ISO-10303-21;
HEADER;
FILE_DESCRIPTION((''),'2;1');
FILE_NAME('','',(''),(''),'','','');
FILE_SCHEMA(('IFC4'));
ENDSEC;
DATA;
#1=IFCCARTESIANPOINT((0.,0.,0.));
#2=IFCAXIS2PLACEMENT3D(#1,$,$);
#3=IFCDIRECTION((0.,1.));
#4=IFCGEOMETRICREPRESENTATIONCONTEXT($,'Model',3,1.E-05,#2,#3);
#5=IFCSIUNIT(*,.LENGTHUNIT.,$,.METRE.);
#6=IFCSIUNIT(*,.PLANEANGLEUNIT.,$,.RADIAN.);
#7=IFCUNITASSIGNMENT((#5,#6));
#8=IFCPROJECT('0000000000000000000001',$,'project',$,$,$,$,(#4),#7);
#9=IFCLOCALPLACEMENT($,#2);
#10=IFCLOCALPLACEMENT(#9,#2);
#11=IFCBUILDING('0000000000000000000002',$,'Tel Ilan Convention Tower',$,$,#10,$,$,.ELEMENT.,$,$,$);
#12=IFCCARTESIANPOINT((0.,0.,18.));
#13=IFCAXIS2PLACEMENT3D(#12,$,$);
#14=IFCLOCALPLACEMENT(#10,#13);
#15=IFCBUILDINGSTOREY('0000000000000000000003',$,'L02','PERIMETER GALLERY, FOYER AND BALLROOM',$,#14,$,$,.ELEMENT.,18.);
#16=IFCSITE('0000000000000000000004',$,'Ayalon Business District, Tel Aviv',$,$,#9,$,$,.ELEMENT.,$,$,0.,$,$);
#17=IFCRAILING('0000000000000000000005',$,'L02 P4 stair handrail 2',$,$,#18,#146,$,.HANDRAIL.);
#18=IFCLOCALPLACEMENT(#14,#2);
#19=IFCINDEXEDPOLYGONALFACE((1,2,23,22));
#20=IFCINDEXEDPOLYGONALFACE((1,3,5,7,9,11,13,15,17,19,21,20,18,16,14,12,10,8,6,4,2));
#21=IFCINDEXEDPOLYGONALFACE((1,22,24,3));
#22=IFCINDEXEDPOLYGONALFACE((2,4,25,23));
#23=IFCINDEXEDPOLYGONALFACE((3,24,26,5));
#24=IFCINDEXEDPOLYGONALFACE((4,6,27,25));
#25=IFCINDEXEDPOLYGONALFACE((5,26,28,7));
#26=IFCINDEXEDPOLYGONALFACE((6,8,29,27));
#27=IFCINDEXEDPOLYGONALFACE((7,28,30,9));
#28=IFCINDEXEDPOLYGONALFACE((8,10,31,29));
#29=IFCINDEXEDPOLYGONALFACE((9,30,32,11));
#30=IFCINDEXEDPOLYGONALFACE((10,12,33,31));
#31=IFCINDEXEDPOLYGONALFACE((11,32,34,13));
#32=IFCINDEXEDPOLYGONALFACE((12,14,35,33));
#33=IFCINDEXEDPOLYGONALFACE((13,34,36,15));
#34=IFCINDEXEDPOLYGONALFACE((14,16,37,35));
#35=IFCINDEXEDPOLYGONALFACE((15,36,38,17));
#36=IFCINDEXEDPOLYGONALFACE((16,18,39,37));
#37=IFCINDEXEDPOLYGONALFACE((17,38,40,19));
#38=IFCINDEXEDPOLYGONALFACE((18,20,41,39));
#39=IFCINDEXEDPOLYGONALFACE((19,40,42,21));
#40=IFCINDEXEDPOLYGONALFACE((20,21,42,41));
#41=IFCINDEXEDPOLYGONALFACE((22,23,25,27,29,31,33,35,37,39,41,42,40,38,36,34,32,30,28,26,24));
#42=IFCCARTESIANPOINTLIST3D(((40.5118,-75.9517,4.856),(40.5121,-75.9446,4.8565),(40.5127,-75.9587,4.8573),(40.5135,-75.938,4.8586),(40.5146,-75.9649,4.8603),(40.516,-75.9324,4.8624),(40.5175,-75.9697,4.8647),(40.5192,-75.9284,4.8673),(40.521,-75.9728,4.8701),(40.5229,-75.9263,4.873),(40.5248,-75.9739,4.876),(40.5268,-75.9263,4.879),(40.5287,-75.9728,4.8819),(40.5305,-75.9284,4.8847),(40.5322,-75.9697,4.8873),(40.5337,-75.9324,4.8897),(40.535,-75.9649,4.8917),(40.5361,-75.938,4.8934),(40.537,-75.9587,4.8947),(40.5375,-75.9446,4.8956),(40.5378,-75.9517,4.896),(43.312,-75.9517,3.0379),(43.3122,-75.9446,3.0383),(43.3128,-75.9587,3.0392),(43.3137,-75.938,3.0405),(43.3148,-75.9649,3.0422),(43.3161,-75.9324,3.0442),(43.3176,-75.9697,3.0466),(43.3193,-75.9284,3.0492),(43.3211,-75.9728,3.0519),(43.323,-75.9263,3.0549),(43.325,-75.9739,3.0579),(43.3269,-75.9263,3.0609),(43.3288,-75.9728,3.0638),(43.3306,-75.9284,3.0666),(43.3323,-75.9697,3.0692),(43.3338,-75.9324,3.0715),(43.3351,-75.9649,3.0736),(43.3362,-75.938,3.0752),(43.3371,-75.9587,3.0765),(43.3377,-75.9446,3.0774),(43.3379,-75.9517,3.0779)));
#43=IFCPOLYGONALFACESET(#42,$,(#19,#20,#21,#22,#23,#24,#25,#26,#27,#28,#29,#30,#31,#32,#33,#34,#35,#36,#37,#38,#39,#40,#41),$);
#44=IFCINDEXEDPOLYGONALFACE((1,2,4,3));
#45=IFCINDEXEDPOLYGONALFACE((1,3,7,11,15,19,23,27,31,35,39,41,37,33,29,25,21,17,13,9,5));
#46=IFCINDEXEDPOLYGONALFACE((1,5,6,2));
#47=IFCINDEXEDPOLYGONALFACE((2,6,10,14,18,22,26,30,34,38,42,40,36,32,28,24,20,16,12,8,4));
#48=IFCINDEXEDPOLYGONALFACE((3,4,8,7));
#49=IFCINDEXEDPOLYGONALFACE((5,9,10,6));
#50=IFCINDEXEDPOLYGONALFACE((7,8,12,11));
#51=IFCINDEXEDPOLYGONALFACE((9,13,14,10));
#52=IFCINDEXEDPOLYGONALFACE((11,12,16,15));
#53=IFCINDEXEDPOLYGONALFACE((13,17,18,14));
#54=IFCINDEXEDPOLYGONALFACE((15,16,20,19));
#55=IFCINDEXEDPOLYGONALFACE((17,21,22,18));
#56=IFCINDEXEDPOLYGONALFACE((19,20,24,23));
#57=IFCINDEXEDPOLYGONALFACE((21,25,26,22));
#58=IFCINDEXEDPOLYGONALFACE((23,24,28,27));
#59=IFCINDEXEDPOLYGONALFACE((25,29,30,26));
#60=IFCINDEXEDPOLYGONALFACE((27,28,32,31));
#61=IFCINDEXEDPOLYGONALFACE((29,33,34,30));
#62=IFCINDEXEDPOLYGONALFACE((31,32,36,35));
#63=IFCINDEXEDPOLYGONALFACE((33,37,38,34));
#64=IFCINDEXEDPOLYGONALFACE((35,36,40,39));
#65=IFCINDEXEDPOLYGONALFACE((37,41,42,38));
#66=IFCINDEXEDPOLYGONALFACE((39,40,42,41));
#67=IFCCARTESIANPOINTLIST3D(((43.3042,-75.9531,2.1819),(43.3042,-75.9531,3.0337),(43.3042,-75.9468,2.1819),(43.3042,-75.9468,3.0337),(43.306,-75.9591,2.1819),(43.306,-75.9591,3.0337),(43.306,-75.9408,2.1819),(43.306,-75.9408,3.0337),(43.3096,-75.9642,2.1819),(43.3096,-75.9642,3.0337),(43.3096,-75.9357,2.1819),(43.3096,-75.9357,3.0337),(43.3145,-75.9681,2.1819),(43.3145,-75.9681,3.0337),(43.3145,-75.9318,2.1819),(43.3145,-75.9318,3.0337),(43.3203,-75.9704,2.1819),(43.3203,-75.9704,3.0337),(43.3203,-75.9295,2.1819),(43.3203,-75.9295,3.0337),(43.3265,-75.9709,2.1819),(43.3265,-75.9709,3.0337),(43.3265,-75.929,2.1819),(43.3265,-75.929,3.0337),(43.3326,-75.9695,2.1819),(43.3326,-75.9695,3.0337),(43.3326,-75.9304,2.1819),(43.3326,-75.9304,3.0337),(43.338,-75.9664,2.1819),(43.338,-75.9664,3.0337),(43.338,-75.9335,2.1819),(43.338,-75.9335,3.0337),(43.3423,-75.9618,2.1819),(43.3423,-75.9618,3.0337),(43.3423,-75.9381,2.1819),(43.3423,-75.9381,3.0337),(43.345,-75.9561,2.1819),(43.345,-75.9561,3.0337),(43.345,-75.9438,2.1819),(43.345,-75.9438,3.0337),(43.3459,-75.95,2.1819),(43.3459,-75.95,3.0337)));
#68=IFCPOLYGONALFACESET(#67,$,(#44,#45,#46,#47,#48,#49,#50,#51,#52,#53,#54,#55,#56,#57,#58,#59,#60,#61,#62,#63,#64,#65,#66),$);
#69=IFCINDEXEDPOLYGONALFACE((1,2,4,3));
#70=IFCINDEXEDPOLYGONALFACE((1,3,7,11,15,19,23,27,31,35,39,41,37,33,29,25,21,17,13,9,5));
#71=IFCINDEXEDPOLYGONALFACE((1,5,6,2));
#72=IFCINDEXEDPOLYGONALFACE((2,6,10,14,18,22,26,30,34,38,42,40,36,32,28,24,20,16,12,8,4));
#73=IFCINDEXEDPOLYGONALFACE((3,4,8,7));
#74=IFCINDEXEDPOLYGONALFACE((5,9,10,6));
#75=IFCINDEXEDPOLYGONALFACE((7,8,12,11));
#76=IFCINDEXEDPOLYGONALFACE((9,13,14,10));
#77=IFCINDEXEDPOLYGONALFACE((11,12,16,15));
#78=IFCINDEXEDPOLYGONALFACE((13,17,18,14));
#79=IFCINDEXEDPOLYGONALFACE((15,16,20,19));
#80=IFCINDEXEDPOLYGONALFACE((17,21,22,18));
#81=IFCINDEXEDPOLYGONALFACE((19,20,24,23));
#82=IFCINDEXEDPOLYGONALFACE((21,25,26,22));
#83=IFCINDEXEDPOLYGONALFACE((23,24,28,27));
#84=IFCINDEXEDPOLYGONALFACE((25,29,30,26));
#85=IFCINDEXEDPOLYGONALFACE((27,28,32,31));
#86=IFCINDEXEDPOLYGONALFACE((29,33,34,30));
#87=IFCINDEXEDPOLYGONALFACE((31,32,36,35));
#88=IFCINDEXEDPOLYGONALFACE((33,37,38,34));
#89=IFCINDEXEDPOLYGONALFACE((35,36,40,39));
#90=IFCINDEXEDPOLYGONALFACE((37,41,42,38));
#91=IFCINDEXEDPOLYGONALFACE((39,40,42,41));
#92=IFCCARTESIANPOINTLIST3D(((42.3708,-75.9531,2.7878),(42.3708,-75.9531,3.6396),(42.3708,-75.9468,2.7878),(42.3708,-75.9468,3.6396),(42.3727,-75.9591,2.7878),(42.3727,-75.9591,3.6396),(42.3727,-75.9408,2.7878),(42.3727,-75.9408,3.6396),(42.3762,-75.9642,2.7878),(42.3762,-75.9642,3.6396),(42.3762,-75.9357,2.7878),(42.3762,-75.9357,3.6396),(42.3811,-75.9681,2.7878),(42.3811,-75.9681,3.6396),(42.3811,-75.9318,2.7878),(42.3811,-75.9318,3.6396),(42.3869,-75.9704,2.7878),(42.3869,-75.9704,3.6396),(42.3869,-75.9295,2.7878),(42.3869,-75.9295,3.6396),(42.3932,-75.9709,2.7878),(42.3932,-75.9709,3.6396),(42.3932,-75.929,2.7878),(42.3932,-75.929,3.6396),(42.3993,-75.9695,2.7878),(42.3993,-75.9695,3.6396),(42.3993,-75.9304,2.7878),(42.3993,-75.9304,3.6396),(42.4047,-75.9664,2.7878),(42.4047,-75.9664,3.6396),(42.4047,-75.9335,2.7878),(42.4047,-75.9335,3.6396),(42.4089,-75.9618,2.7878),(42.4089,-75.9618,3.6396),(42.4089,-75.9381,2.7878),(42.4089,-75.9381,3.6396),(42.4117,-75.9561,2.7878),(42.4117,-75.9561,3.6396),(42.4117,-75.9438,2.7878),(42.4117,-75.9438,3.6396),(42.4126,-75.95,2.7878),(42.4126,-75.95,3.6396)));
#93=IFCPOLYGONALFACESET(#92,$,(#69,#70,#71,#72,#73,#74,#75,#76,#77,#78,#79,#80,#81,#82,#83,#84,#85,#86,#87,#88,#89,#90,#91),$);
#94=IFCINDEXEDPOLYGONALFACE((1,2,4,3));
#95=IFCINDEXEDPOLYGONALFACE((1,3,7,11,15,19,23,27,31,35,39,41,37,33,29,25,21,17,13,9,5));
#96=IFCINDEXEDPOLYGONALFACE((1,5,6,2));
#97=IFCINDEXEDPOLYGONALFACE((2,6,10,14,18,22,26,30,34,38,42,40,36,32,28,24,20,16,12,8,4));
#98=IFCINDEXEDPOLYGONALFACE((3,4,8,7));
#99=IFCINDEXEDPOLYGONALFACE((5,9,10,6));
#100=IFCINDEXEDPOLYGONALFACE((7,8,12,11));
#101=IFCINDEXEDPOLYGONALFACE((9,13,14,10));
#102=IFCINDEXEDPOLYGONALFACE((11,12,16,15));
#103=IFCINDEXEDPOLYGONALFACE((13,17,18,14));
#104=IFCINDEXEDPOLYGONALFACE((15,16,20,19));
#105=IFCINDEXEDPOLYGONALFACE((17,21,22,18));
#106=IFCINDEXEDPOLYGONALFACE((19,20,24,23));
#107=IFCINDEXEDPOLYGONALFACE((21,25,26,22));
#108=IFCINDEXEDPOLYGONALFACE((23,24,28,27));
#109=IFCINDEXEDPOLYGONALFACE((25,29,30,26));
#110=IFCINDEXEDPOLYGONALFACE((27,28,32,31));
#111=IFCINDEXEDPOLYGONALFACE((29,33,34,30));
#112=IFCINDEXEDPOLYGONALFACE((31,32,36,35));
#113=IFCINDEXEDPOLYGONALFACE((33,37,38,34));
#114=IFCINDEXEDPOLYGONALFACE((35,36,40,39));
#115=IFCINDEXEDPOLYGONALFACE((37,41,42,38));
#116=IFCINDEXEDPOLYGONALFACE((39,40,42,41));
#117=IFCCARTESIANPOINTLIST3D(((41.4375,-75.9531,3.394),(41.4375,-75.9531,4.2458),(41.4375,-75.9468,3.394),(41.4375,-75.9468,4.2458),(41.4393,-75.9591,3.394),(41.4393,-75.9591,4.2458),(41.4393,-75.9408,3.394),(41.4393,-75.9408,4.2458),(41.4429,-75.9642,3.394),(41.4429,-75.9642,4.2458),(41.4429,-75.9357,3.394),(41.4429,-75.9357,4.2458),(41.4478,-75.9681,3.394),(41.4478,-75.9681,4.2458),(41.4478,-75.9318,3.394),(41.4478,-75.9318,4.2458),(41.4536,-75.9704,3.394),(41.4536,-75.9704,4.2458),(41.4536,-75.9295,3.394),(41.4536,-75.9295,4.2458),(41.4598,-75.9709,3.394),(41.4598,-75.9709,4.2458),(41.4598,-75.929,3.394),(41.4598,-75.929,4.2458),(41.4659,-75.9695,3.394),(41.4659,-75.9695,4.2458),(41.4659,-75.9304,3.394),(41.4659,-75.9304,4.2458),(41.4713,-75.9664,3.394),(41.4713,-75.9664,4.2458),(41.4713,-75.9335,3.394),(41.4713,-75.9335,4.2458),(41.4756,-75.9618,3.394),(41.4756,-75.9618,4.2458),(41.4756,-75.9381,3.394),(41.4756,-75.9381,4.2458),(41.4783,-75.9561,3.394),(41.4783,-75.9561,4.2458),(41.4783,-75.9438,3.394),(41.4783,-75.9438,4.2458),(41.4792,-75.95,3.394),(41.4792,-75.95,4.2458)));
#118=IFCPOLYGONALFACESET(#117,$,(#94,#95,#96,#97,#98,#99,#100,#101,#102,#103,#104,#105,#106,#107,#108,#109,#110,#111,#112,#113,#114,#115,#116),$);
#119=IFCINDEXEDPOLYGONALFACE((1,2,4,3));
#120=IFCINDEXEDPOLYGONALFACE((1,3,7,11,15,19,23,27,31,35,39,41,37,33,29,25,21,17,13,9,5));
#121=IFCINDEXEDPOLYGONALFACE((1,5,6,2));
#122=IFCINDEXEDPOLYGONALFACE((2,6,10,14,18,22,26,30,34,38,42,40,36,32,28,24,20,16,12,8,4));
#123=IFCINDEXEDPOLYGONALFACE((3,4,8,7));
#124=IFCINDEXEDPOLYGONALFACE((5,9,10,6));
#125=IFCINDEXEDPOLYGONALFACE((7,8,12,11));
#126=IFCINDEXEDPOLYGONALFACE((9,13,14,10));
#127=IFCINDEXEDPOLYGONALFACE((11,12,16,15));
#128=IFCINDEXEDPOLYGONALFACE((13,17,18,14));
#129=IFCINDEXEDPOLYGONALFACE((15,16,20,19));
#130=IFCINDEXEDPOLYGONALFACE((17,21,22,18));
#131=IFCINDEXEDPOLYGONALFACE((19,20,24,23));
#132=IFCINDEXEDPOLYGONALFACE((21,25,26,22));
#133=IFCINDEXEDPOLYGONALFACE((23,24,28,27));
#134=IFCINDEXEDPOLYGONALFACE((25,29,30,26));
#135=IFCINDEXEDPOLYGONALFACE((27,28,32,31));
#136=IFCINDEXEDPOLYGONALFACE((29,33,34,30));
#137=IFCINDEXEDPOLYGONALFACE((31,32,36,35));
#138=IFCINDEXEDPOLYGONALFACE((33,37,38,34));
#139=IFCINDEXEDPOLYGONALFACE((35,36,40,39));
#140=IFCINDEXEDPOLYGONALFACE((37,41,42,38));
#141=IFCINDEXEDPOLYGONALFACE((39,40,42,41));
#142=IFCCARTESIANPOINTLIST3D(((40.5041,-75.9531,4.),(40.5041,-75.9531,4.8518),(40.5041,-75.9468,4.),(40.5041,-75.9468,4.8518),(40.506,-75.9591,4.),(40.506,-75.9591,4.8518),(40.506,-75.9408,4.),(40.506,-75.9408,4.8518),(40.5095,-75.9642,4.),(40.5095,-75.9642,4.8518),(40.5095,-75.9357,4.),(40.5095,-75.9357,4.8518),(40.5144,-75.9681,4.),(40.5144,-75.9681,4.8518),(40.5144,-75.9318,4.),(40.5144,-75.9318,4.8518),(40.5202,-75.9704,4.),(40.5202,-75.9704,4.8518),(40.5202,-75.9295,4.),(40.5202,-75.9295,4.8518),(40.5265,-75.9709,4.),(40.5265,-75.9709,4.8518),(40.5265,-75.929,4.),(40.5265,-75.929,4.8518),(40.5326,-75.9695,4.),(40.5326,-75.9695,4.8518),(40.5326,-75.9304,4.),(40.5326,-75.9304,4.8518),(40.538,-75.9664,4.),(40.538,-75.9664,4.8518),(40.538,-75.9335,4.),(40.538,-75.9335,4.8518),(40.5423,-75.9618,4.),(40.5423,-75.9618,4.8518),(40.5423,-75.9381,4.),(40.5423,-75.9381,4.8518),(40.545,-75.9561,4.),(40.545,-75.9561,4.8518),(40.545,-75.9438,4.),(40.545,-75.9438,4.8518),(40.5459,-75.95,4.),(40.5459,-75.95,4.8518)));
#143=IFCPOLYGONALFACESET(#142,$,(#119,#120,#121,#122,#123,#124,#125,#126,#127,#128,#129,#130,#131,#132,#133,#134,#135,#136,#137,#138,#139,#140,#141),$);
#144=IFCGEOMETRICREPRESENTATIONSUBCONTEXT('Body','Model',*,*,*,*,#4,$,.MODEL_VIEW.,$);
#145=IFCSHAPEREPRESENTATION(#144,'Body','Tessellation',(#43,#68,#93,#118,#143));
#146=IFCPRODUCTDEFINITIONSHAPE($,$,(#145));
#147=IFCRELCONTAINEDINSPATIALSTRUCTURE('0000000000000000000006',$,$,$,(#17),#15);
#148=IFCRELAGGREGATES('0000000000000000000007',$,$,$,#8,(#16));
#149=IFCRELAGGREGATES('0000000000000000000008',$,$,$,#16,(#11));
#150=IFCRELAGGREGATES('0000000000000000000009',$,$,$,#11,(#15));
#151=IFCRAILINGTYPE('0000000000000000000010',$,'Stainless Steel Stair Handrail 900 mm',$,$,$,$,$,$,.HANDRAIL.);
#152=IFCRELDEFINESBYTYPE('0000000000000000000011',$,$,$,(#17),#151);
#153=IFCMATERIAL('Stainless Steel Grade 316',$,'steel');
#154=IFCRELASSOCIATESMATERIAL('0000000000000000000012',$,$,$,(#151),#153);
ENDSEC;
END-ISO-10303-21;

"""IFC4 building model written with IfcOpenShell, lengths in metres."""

from ifc_helpers import new_model, si_unit, direction, frame, origin, origin_2d, place, context, subcontext, project, spatial, circle, extrude, material, type_object, element, save


model = new_model("IFC4")

# Units and contexts
model_context = context("Model", 3, precision=1e-05, world=origin(), true_north=direction((0.0, 1.0)))
body_context = subcontext(model_context, "Body", "Model", "MODEL_VIEW")
ifc_project = project(units=[si_unit("LENGTHUNIT", "METRE"), si_unit("PLANEANGLEUNIT", "RADIAN")], contexts=[model_context])

# Site, building, storey
site_placement = place(None, origin())
site = spatial("IfcSite", under=ifc_project, at=site_placement, Name="Ayalon Business District, Tel Aviv", CompositionType="ELEMENT", RefElevation=0.0)
building_placement = place(site_placement, origin())
building = spatial("IfcBuilding", under=site, at=building_placement, Name="Tel Ilan Convention Tower", CompositionType="ELEMENT")
storey_placement = place(building_placement, frame((0.0, 0.0, 18.0)))
storey = spatial("IfcBuildingStorey", under=building, at=storey_placement, Name="L02", Description="PERIMETER GALLERY, FOYER AND BALLROOM", CompositionType="ELEMENT", Elevation=18.0)

# Railing
ifc_material_1 = material(Name="Stainless Steel Grade 316", Category="steel")
railing_type_1 = type_object("IfcRailingType", Name="Stainless Steel Stair Handrail 900 mm", PredefinedType="HANDRAIL", material=ifc_material_1)
railing_1_placement = place(storey_placement, frame((43.325, -75.95, 2.1819)))
element("IfcRailing", 1, at=railing_1_placement, inside=storey, type_object=railing_type_1, Name="L02 P4 stair handrail 2", PredefinedType="HANDRAIL", context=body_context, shape_type="SweptSolid", body=[
    extrude(circle(Radius=0.0239, at=origin_2d()), frame((0.0, 0.0, 0.876), z_axis=(-0.838706, 0.0, 0.544585), x_axis=(0.0, -1.0, 0.0)), (0.0, 0.0, 1.0), 3.3386),
    extrude(circle(Radius=0.021, at=origin_2d()), origin(), (0.0, 0.0, 1.0), 0.8518),
    extrude(circle(Radius=0.021, at=origin_2d()), frame((-0.9333, 0.0, 0.606)), (0.0, 0.0, 1.0), 0.8518),
    extrude(circle(Radius=0.021, at=origin_2d()), frame((-1.8667, 0.0, 1.2122)), (0.0, 0.0, 1.0), 0.8518),
    extrude(circle(Radius=0.021, at=origin_2d()), frame((-2.8, 0.0, 1.8181)), (0.0, 0.0, 1.0), 0.8518),
])

save(model, "model.ifc")
